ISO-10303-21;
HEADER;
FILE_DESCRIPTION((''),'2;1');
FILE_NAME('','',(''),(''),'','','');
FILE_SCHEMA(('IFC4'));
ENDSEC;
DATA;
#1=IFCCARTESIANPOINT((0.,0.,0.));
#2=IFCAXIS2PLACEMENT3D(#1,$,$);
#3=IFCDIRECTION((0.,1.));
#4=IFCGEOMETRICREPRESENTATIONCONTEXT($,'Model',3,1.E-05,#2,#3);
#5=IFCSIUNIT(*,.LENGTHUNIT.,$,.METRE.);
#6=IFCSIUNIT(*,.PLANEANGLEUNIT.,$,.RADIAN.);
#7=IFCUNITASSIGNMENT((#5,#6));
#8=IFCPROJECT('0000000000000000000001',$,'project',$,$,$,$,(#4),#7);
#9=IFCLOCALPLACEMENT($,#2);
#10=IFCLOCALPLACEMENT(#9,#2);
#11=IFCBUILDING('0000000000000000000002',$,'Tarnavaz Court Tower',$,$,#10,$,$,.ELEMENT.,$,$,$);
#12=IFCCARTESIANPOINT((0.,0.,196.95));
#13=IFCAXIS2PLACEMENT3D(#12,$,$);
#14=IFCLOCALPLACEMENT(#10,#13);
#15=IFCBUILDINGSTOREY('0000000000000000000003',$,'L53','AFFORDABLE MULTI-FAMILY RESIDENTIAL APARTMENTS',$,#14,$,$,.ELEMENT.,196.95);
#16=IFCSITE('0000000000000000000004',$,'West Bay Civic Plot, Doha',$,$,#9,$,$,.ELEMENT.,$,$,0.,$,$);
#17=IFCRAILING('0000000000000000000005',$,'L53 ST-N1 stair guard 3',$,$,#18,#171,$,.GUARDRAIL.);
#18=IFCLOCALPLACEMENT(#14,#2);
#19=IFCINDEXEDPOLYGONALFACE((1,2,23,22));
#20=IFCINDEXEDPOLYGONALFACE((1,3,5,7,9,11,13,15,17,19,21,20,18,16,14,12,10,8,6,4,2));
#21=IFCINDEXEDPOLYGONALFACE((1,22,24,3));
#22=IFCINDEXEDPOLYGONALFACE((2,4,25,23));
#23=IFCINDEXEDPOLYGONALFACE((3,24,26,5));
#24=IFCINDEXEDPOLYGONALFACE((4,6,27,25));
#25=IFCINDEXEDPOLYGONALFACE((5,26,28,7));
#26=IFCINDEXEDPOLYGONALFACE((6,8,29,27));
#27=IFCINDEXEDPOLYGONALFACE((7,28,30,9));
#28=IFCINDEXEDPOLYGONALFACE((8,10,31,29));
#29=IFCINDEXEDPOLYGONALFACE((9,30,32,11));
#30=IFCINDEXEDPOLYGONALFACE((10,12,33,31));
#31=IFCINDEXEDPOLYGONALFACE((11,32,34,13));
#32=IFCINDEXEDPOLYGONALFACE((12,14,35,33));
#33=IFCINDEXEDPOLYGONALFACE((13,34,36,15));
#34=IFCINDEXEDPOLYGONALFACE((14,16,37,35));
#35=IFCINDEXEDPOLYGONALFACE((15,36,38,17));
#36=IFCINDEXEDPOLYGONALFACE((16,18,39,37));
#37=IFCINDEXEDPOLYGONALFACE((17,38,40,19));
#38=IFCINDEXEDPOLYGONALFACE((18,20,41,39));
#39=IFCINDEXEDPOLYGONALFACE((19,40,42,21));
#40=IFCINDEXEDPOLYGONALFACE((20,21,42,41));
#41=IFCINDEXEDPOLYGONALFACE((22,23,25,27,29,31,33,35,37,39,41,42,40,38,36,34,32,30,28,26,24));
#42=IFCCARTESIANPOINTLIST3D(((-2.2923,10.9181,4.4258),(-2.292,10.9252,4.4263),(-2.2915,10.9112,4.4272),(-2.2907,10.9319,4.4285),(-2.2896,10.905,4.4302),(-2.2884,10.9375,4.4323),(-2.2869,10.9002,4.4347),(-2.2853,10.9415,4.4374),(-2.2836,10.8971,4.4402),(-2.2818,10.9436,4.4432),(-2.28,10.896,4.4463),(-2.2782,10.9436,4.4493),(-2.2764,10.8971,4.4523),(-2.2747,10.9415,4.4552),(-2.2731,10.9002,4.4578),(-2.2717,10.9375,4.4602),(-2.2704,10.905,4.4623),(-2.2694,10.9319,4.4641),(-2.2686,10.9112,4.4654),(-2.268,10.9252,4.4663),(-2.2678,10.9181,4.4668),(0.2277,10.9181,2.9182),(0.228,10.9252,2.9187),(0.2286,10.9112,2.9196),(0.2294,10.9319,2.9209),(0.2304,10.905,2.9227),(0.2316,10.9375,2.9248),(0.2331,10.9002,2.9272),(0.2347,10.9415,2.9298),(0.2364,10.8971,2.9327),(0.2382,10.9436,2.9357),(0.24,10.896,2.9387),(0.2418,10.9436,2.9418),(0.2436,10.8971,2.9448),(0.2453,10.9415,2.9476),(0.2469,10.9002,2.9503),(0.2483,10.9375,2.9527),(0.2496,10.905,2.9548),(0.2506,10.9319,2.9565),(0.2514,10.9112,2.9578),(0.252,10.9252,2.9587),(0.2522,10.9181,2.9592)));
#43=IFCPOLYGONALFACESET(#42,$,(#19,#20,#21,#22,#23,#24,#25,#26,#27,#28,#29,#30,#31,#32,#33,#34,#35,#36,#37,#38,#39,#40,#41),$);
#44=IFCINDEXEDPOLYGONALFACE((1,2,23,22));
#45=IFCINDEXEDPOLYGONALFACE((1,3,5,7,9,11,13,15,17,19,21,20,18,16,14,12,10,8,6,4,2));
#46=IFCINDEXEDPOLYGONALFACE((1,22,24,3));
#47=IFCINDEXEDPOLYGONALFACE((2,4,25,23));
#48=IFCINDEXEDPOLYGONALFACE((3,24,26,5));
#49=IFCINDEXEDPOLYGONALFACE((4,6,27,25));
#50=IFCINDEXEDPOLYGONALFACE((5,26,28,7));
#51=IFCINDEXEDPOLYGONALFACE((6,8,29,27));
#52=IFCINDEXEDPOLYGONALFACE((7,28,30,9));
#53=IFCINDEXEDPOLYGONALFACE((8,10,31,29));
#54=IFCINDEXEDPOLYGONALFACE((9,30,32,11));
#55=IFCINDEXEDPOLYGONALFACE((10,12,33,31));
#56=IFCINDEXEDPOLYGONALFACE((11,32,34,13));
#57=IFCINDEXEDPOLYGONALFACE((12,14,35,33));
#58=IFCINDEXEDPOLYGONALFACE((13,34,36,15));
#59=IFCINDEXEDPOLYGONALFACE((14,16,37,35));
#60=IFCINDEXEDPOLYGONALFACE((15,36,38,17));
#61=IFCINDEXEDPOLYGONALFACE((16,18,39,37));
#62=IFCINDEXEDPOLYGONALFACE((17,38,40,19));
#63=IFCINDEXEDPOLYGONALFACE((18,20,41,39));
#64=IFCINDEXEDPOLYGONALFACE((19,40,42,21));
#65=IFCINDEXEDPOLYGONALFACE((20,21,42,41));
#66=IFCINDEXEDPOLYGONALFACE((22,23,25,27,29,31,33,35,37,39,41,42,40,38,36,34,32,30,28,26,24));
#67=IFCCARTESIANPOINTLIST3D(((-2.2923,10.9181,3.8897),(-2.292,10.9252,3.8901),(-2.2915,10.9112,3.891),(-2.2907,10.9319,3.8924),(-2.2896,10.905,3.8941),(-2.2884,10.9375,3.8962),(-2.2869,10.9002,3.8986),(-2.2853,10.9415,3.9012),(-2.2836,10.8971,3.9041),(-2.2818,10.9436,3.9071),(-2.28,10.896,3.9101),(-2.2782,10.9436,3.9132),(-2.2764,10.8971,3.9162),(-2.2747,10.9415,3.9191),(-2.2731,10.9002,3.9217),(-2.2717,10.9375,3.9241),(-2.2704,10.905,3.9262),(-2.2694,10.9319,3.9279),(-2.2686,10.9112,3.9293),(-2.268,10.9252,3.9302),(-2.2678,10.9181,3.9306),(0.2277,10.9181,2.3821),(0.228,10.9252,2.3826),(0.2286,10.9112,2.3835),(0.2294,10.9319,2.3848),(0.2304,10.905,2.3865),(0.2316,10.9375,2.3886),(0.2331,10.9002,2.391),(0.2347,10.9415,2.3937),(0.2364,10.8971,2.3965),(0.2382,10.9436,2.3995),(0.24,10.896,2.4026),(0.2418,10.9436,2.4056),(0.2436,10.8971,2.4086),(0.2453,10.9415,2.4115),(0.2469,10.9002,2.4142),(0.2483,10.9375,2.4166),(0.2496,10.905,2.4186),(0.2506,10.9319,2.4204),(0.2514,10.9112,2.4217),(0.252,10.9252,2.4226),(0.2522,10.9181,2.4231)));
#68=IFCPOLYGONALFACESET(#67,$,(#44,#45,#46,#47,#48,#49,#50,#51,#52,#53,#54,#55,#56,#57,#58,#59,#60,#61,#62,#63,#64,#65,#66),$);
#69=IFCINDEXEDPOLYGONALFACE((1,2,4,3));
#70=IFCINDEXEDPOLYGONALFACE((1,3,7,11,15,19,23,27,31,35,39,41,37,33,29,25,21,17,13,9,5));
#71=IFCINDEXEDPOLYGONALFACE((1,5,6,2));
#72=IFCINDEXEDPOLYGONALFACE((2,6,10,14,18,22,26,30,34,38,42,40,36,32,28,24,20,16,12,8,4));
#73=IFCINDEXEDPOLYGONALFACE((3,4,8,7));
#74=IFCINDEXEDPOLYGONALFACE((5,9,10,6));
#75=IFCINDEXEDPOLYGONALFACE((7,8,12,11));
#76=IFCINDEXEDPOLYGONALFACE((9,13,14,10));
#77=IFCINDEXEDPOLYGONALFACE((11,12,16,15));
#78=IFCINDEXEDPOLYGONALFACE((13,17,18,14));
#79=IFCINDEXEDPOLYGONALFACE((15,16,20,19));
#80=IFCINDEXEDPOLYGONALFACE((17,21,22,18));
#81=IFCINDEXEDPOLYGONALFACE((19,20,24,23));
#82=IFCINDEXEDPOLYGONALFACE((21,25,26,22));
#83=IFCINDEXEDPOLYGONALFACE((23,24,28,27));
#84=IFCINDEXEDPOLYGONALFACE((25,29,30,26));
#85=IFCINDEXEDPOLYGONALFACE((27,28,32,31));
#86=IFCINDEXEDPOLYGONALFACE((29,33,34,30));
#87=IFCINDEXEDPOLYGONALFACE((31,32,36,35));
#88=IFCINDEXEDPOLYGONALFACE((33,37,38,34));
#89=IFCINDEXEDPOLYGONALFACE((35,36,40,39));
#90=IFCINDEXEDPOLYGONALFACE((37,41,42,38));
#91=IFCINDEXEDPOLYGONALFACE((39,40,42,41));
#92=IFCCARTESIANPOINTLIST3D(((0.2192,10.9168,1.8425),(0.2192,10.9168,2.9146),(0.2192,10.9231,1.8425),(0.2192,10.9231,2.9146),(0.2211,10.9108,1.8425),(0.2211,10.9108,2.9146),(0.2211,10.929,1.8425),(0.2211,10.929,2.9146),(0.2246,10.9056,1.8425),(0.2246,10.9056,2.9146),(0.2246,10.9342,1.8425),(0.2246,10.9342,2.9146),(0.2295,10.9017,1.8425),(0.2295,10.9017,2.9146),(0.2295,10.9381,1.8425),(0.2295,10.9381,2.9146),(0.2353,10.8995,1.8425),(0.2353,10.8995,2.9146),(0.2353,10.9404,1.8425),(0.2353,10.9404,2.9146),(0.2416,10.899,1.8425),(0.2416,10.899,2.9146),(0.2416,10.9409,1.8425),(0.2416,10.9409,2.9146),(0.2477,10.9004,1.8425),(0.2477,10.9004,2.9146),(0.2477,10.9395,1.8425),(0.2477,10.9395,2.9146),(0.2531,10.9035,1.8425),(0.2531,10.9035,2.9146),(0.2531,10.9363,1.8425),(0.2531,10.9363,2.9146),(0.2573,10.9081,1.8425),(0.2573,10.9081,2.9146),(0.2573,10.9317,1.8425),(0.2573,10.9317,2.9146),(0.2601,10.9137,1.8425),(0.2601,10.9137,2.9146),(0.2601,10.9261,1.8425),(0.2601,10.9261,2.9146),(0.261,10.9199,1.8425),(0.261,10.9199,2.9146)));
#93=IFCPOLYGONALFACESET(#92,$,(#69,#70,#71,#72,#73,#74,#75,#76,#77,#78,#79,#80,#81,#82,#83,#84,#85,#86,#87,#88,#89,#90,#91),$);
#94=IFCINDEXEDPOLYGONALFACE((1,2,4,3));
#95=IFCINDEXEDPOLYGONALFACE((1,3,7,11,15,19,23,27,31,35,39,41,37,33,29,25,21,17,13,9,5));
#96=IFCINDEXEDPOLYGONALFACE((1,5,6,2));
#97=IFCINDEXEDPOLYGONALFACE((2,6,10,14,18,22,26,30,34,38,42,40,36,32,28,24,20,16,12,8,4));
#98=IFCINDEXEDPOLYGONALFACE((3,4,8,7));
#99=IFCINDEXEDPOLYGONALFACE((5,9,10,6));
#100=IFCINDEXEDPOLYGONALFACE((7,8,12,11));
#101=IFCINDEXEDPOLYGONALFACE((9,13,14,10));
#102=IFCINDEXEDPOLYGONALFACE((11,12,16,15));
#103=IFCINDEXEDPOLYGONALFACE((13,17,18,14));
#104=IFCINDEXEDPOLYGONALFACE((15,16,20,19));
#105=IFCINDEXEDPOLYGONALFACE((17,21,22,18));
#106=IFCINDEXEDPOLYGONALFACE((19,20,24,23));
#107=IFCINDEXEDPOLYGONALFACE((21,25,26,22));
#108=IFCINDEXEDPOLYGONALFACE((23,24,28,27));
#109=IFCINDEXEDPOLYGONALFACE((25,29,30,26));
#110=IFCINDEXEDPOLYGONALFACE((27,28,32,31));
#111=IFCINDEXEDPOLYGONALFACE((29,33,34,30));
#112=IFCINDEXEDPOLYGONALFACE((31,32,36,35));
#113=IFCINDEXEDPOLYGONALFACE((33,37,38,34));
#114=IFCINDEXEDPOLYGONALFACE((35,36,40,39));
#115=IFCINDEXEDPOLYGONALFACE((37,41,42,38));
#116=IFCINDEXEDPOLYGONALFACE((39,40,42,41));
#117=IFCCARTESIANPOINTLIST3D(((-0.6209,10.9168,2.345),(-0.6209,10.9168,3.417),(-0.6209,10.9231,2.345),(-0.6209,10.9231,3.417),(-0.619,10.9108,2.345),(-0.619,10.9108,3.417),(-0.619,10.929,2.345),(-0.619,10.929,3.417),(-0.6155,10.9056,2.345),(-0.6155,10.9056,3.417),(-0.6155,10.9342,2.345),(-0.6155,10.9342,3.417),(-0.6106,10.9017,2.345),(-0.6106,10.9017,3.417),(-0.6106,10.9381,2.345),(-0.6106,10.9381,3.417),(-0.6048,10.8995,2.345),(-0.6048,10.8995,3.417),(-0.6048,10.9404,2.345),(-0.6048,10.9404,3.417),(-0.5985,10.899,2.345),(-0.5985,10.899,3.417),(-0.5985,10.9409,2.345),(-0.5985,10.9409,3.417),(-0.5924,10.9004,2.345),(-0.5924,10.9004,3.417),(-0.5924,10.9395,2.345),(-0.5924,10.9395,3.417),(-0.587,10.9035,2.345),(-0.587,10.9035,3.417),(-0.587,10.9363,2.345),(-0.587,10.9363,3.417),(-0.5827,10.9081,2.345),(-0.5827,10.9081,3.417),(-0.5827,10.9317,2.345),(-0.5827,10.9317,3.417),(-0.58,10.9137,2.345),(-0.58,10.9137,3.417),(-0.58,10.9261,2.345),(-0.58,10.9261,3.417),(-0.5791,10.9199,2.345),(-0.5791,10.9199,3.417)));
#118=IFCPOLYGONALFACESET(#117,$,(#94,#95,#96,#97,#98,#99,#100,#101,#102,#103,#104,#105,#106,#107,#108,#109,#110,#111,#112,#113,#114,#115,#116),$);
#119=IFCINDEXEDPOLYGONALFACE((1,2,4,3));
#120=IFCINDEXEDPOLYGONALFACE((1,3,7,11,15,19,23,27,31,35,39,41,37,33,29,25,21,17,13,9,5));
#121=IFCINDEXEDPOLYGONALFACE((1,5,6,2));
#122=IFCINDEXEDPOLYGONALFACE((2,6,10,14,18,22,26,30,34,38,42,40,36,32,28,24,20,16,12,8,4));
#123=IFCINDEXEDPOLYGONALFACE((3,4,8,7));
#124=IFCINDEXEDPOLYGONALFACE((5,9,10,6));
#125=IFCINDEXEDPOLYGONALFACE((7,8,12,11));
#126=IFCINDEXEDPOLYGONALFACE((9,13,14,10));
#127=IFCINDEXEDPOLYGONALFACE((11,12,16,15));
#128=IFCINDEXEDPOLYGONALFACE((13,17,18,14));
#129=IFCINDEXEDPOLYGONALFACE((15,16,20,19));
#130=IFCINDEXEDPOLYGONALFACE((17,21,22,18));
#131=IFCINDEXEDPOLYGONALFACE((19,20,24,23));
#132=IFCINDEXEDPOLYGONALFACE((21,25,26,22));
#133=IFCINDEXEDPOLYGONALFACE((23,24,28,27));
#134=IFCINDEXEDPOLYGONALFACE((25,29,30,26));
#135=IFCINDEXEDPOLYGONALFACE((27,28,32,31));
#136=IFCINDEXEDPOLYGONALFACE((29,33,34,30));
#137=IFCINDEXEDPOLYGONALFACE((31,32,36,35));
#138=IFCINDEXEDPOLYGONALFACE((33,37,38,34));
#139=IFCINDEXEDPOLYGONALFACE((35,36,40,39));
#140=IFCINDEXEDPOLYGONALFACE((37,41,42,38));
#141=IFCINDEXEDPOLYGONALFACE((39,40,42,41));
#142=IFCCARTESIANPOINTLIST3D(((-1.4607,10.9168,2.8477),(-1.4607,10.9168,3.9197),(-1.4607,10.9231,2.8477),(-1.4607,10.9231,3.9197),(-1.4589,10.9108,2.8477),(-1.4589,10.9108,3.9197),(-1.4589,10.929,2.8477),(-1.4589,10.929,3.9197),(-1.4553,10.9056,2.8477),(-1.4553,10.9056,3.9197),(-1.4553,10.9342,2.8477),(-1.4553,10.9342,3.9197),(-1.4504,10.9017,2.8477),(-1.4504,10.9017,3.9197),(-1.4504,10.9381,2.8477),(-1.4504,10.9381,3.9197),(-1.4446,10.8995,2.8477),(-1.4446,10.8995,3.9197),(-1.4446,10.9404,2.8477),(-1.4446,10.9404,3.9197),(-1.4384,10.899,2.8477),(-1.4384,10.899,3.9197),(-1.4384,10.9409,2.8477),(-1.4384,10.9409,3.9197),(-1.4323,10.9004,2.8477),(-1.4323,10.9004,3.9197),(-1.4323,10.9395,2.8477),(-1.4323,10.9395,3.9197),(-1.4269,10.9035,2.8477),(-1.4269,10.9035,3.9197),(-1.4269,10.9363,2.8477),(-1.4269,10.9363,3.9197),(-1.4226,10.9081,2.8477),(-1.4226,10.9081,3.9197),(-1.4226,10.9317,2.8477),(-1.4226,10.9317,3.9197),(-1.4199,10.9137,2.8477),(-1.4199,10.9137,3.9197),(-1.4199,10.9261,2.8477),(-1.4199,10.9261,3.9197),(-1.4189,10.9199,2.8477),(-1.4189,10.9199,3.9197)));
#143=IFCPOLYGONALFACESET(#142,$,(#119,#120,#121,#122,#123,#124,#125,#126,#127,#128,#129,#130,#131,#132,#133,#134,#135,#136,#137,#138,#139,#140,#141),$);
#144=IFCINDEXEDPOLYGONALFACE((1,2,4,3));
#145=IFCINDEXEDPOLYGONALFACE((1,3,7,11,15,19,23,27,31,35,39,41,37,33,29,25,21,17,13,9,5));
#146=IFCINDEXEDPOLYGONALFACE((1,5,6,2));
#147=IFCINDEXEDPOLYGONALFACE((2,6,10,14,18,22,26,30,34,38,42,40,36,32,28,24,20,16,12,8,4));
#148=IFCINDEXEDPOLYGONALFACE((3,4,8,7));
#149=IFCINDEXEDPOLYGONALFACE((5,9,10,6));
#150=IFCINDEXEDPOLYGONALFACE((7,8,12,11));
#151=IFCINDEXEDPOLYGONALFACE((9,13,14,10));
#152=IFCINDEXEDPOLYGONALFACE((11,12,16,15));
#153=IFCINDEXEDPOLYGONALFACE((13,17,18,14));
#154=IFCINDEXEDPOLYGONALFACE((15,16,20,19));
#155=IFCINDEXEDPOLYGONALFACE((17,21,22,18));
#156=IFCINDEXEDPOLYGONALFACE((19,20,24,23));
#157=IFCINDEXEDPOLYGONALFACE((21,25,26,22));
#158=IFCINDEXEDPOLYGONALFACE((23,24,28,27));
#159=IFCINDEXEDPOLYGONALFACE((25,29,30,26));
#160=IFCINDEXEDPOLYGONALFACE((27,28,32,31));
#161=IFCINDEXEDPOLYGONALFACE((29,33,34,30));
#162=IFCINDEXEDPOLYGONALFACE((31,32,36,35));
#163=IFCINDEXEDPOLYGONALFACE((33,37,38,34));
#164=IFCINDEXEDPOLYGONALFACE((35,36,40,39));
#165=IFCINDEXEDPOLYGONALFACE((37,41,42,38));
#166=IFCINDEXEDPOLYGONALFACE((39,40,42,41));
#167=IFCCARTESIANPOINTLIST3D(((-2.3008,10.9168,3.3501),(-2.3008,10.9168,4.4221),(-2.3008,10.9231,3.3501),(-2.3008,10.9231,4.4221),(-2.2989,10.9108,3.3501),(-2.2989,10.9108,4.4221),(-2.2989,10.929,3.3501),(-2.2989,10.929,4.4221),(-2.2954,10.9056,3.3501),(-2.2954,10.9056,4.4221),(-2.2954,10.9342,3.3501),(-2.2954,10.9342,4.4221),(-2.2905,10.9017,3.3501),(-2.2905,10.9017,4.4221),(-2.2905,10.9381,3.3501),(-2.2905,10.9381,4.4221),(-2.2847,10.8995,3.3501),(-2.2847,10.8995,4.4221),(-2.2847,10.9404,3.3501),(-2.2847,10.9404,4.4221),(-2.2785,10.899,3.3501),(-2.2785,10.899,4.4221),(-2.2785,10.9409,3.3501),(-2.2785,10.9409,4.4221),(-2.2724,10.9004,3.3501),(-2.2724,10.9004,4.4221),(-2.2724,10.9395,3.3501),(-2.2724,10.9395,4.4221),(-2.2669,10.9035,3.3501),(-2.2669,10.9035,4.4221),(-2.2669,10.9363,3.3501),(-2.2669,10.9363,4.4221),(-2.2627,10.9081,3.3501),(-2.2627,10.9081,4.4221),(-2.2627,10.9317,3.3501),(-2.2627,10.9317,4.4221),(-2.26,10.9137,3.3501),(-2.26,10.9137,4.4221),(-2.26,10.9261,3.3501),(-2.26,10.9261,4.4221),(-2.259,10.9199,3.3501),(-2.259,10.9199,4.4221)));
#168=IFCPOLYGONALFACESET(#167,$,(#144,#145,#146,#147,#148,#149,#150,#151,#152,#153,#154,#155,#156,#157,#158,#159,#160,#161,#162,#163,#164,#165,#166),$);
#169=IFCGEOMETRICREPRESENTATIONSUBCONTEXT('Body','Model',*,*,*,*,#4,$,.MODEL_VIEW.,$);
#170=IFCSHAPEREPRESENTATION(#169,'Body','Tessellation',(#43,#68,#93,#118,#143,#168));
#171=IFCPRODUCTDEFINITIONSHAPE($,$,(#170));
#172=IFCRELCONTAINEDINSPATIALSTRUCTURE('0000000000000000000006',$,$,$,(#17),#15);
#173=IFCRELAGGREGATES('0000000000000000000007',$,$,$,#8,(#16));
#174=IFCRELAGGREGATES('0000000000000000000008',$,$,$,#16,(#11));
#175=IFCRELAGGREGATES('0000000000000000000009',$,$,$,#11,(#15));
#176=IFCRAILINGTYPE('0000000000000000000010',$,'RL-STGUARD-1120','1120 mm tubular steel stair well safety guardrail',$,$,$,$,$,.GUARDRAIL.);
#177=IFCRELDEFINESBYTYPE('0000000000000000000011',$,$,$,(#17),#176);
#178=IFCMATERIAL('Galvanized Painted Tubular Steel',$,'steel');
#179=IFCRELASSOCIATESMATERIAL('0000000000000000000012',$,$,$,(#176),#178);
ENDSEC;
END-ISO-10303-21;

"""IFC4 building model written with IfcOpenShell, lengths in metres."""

from ifc_helpers import new_model, si_unit, direction, frame, origin, origin_2d, place, context, subcontext, project, spatial, circle, extrude, material, type_object, element, save


model = new_model("IFC4")

# Units and contexts
model_context = context("Model", 3, precision=1e-05, world=origin(), true_north=direction((0.0, 1.0)))
body_context = subcontext(model_context, "Body", "Model", "MODEL_VIEW")
ifc_project = project(units=[si_unit("LENGTHUNIT", "METRE"), si_unit("PLANEANGLEUNIT", "RADIAN")], contexts=[model_context])

# Site, building, storey
site_placement = place(None, origin())
site = spatial("IfcSite", under=ifc_project, at=site_placement, Name="West Bay Civic Plot, Doha", CompositionType="ELEMENT", RefElevation=0.0)
building_placement = place(site_placement, origin())
building = spatial("IfcBuilding", under=site, at=building_placement, Name="Tarnavaz Court Tower", CompositionType="ELEMENT")
storey_placement = place(building_placement, frame((0.0, 0.0, 196.95)))
storey = spatial("IfcBuildingStorey", under=building, at=storey_placement, Name="L53", Description="AFFORDABLE MULTI-FAMILY RESIDENTIAL APARTMENTS", CompositionType="ELEMENT", Elevation=196.95)

# Railing
ifc_material_1 = material(Name="Galvanized Painted Tubular Steel", Category="steel")
railing_type_1 = type_object("IfcRailingType", Name="RL-STGUARD-1120", Description="1120 mm tubular steel stair well safety guardrail", PredefinedType="GUARDRAIL", material=ifc_material_1)
railing_1_placement = place(storey_placement, frame((0.24, 10.9199, 1.8425)))
element("IfcRailing", 1, at=railing_1_placement, inside=storey, type_object=railing_type_1, Name="L53 ST-N1 stair guard 3", PredefinedType="GUARDRAIL", context=body_context, shape_type="SweptSolid", body=[
    extrude(circle(Radius=0.0239, at=origin_2d()), frame((0.0, 0.0, 1.0962), z_axis=(-0.85816, 0.0, 0.513383), x_axis=(0.0, -1.0, 0.0)), (0.0, 0.0, 1.0), 2.9365),
    extrude(circle(Radius=0.0239, at=origin_2d()), frame((0.0, 0.0, 0.5601), z_axis=(-0.85816, 0.0, 0.513383), x_axis=(0.0, -1.0, 0.0)), (0.0, 0.0, 1.0), 2.9365),
    extrude(circle(Radius=0.021, at=origin_2d()), origin(), (0.0, 0.0, 1.0), 1.072),
    extrude(circle(Radius=0.021, at=origin_2d()), frame((-0.8401, 0.0, 0.5024)), (0.0, 0.0, 1.0), 1.072),
    extrude(circle(Radius=0.021, at=origin_2d()), frame((-1.6799, 0.0, 1.0051)), (0.0, 0.0, 1.0), 1.072),
    extrude(circle(Radius=0.021, at=origin_2d()), frame((-2.52, 0.0, 1.5076)), (0.0, 0.0, 1.0), 1.072),
])

save(model, "model.ifc")
